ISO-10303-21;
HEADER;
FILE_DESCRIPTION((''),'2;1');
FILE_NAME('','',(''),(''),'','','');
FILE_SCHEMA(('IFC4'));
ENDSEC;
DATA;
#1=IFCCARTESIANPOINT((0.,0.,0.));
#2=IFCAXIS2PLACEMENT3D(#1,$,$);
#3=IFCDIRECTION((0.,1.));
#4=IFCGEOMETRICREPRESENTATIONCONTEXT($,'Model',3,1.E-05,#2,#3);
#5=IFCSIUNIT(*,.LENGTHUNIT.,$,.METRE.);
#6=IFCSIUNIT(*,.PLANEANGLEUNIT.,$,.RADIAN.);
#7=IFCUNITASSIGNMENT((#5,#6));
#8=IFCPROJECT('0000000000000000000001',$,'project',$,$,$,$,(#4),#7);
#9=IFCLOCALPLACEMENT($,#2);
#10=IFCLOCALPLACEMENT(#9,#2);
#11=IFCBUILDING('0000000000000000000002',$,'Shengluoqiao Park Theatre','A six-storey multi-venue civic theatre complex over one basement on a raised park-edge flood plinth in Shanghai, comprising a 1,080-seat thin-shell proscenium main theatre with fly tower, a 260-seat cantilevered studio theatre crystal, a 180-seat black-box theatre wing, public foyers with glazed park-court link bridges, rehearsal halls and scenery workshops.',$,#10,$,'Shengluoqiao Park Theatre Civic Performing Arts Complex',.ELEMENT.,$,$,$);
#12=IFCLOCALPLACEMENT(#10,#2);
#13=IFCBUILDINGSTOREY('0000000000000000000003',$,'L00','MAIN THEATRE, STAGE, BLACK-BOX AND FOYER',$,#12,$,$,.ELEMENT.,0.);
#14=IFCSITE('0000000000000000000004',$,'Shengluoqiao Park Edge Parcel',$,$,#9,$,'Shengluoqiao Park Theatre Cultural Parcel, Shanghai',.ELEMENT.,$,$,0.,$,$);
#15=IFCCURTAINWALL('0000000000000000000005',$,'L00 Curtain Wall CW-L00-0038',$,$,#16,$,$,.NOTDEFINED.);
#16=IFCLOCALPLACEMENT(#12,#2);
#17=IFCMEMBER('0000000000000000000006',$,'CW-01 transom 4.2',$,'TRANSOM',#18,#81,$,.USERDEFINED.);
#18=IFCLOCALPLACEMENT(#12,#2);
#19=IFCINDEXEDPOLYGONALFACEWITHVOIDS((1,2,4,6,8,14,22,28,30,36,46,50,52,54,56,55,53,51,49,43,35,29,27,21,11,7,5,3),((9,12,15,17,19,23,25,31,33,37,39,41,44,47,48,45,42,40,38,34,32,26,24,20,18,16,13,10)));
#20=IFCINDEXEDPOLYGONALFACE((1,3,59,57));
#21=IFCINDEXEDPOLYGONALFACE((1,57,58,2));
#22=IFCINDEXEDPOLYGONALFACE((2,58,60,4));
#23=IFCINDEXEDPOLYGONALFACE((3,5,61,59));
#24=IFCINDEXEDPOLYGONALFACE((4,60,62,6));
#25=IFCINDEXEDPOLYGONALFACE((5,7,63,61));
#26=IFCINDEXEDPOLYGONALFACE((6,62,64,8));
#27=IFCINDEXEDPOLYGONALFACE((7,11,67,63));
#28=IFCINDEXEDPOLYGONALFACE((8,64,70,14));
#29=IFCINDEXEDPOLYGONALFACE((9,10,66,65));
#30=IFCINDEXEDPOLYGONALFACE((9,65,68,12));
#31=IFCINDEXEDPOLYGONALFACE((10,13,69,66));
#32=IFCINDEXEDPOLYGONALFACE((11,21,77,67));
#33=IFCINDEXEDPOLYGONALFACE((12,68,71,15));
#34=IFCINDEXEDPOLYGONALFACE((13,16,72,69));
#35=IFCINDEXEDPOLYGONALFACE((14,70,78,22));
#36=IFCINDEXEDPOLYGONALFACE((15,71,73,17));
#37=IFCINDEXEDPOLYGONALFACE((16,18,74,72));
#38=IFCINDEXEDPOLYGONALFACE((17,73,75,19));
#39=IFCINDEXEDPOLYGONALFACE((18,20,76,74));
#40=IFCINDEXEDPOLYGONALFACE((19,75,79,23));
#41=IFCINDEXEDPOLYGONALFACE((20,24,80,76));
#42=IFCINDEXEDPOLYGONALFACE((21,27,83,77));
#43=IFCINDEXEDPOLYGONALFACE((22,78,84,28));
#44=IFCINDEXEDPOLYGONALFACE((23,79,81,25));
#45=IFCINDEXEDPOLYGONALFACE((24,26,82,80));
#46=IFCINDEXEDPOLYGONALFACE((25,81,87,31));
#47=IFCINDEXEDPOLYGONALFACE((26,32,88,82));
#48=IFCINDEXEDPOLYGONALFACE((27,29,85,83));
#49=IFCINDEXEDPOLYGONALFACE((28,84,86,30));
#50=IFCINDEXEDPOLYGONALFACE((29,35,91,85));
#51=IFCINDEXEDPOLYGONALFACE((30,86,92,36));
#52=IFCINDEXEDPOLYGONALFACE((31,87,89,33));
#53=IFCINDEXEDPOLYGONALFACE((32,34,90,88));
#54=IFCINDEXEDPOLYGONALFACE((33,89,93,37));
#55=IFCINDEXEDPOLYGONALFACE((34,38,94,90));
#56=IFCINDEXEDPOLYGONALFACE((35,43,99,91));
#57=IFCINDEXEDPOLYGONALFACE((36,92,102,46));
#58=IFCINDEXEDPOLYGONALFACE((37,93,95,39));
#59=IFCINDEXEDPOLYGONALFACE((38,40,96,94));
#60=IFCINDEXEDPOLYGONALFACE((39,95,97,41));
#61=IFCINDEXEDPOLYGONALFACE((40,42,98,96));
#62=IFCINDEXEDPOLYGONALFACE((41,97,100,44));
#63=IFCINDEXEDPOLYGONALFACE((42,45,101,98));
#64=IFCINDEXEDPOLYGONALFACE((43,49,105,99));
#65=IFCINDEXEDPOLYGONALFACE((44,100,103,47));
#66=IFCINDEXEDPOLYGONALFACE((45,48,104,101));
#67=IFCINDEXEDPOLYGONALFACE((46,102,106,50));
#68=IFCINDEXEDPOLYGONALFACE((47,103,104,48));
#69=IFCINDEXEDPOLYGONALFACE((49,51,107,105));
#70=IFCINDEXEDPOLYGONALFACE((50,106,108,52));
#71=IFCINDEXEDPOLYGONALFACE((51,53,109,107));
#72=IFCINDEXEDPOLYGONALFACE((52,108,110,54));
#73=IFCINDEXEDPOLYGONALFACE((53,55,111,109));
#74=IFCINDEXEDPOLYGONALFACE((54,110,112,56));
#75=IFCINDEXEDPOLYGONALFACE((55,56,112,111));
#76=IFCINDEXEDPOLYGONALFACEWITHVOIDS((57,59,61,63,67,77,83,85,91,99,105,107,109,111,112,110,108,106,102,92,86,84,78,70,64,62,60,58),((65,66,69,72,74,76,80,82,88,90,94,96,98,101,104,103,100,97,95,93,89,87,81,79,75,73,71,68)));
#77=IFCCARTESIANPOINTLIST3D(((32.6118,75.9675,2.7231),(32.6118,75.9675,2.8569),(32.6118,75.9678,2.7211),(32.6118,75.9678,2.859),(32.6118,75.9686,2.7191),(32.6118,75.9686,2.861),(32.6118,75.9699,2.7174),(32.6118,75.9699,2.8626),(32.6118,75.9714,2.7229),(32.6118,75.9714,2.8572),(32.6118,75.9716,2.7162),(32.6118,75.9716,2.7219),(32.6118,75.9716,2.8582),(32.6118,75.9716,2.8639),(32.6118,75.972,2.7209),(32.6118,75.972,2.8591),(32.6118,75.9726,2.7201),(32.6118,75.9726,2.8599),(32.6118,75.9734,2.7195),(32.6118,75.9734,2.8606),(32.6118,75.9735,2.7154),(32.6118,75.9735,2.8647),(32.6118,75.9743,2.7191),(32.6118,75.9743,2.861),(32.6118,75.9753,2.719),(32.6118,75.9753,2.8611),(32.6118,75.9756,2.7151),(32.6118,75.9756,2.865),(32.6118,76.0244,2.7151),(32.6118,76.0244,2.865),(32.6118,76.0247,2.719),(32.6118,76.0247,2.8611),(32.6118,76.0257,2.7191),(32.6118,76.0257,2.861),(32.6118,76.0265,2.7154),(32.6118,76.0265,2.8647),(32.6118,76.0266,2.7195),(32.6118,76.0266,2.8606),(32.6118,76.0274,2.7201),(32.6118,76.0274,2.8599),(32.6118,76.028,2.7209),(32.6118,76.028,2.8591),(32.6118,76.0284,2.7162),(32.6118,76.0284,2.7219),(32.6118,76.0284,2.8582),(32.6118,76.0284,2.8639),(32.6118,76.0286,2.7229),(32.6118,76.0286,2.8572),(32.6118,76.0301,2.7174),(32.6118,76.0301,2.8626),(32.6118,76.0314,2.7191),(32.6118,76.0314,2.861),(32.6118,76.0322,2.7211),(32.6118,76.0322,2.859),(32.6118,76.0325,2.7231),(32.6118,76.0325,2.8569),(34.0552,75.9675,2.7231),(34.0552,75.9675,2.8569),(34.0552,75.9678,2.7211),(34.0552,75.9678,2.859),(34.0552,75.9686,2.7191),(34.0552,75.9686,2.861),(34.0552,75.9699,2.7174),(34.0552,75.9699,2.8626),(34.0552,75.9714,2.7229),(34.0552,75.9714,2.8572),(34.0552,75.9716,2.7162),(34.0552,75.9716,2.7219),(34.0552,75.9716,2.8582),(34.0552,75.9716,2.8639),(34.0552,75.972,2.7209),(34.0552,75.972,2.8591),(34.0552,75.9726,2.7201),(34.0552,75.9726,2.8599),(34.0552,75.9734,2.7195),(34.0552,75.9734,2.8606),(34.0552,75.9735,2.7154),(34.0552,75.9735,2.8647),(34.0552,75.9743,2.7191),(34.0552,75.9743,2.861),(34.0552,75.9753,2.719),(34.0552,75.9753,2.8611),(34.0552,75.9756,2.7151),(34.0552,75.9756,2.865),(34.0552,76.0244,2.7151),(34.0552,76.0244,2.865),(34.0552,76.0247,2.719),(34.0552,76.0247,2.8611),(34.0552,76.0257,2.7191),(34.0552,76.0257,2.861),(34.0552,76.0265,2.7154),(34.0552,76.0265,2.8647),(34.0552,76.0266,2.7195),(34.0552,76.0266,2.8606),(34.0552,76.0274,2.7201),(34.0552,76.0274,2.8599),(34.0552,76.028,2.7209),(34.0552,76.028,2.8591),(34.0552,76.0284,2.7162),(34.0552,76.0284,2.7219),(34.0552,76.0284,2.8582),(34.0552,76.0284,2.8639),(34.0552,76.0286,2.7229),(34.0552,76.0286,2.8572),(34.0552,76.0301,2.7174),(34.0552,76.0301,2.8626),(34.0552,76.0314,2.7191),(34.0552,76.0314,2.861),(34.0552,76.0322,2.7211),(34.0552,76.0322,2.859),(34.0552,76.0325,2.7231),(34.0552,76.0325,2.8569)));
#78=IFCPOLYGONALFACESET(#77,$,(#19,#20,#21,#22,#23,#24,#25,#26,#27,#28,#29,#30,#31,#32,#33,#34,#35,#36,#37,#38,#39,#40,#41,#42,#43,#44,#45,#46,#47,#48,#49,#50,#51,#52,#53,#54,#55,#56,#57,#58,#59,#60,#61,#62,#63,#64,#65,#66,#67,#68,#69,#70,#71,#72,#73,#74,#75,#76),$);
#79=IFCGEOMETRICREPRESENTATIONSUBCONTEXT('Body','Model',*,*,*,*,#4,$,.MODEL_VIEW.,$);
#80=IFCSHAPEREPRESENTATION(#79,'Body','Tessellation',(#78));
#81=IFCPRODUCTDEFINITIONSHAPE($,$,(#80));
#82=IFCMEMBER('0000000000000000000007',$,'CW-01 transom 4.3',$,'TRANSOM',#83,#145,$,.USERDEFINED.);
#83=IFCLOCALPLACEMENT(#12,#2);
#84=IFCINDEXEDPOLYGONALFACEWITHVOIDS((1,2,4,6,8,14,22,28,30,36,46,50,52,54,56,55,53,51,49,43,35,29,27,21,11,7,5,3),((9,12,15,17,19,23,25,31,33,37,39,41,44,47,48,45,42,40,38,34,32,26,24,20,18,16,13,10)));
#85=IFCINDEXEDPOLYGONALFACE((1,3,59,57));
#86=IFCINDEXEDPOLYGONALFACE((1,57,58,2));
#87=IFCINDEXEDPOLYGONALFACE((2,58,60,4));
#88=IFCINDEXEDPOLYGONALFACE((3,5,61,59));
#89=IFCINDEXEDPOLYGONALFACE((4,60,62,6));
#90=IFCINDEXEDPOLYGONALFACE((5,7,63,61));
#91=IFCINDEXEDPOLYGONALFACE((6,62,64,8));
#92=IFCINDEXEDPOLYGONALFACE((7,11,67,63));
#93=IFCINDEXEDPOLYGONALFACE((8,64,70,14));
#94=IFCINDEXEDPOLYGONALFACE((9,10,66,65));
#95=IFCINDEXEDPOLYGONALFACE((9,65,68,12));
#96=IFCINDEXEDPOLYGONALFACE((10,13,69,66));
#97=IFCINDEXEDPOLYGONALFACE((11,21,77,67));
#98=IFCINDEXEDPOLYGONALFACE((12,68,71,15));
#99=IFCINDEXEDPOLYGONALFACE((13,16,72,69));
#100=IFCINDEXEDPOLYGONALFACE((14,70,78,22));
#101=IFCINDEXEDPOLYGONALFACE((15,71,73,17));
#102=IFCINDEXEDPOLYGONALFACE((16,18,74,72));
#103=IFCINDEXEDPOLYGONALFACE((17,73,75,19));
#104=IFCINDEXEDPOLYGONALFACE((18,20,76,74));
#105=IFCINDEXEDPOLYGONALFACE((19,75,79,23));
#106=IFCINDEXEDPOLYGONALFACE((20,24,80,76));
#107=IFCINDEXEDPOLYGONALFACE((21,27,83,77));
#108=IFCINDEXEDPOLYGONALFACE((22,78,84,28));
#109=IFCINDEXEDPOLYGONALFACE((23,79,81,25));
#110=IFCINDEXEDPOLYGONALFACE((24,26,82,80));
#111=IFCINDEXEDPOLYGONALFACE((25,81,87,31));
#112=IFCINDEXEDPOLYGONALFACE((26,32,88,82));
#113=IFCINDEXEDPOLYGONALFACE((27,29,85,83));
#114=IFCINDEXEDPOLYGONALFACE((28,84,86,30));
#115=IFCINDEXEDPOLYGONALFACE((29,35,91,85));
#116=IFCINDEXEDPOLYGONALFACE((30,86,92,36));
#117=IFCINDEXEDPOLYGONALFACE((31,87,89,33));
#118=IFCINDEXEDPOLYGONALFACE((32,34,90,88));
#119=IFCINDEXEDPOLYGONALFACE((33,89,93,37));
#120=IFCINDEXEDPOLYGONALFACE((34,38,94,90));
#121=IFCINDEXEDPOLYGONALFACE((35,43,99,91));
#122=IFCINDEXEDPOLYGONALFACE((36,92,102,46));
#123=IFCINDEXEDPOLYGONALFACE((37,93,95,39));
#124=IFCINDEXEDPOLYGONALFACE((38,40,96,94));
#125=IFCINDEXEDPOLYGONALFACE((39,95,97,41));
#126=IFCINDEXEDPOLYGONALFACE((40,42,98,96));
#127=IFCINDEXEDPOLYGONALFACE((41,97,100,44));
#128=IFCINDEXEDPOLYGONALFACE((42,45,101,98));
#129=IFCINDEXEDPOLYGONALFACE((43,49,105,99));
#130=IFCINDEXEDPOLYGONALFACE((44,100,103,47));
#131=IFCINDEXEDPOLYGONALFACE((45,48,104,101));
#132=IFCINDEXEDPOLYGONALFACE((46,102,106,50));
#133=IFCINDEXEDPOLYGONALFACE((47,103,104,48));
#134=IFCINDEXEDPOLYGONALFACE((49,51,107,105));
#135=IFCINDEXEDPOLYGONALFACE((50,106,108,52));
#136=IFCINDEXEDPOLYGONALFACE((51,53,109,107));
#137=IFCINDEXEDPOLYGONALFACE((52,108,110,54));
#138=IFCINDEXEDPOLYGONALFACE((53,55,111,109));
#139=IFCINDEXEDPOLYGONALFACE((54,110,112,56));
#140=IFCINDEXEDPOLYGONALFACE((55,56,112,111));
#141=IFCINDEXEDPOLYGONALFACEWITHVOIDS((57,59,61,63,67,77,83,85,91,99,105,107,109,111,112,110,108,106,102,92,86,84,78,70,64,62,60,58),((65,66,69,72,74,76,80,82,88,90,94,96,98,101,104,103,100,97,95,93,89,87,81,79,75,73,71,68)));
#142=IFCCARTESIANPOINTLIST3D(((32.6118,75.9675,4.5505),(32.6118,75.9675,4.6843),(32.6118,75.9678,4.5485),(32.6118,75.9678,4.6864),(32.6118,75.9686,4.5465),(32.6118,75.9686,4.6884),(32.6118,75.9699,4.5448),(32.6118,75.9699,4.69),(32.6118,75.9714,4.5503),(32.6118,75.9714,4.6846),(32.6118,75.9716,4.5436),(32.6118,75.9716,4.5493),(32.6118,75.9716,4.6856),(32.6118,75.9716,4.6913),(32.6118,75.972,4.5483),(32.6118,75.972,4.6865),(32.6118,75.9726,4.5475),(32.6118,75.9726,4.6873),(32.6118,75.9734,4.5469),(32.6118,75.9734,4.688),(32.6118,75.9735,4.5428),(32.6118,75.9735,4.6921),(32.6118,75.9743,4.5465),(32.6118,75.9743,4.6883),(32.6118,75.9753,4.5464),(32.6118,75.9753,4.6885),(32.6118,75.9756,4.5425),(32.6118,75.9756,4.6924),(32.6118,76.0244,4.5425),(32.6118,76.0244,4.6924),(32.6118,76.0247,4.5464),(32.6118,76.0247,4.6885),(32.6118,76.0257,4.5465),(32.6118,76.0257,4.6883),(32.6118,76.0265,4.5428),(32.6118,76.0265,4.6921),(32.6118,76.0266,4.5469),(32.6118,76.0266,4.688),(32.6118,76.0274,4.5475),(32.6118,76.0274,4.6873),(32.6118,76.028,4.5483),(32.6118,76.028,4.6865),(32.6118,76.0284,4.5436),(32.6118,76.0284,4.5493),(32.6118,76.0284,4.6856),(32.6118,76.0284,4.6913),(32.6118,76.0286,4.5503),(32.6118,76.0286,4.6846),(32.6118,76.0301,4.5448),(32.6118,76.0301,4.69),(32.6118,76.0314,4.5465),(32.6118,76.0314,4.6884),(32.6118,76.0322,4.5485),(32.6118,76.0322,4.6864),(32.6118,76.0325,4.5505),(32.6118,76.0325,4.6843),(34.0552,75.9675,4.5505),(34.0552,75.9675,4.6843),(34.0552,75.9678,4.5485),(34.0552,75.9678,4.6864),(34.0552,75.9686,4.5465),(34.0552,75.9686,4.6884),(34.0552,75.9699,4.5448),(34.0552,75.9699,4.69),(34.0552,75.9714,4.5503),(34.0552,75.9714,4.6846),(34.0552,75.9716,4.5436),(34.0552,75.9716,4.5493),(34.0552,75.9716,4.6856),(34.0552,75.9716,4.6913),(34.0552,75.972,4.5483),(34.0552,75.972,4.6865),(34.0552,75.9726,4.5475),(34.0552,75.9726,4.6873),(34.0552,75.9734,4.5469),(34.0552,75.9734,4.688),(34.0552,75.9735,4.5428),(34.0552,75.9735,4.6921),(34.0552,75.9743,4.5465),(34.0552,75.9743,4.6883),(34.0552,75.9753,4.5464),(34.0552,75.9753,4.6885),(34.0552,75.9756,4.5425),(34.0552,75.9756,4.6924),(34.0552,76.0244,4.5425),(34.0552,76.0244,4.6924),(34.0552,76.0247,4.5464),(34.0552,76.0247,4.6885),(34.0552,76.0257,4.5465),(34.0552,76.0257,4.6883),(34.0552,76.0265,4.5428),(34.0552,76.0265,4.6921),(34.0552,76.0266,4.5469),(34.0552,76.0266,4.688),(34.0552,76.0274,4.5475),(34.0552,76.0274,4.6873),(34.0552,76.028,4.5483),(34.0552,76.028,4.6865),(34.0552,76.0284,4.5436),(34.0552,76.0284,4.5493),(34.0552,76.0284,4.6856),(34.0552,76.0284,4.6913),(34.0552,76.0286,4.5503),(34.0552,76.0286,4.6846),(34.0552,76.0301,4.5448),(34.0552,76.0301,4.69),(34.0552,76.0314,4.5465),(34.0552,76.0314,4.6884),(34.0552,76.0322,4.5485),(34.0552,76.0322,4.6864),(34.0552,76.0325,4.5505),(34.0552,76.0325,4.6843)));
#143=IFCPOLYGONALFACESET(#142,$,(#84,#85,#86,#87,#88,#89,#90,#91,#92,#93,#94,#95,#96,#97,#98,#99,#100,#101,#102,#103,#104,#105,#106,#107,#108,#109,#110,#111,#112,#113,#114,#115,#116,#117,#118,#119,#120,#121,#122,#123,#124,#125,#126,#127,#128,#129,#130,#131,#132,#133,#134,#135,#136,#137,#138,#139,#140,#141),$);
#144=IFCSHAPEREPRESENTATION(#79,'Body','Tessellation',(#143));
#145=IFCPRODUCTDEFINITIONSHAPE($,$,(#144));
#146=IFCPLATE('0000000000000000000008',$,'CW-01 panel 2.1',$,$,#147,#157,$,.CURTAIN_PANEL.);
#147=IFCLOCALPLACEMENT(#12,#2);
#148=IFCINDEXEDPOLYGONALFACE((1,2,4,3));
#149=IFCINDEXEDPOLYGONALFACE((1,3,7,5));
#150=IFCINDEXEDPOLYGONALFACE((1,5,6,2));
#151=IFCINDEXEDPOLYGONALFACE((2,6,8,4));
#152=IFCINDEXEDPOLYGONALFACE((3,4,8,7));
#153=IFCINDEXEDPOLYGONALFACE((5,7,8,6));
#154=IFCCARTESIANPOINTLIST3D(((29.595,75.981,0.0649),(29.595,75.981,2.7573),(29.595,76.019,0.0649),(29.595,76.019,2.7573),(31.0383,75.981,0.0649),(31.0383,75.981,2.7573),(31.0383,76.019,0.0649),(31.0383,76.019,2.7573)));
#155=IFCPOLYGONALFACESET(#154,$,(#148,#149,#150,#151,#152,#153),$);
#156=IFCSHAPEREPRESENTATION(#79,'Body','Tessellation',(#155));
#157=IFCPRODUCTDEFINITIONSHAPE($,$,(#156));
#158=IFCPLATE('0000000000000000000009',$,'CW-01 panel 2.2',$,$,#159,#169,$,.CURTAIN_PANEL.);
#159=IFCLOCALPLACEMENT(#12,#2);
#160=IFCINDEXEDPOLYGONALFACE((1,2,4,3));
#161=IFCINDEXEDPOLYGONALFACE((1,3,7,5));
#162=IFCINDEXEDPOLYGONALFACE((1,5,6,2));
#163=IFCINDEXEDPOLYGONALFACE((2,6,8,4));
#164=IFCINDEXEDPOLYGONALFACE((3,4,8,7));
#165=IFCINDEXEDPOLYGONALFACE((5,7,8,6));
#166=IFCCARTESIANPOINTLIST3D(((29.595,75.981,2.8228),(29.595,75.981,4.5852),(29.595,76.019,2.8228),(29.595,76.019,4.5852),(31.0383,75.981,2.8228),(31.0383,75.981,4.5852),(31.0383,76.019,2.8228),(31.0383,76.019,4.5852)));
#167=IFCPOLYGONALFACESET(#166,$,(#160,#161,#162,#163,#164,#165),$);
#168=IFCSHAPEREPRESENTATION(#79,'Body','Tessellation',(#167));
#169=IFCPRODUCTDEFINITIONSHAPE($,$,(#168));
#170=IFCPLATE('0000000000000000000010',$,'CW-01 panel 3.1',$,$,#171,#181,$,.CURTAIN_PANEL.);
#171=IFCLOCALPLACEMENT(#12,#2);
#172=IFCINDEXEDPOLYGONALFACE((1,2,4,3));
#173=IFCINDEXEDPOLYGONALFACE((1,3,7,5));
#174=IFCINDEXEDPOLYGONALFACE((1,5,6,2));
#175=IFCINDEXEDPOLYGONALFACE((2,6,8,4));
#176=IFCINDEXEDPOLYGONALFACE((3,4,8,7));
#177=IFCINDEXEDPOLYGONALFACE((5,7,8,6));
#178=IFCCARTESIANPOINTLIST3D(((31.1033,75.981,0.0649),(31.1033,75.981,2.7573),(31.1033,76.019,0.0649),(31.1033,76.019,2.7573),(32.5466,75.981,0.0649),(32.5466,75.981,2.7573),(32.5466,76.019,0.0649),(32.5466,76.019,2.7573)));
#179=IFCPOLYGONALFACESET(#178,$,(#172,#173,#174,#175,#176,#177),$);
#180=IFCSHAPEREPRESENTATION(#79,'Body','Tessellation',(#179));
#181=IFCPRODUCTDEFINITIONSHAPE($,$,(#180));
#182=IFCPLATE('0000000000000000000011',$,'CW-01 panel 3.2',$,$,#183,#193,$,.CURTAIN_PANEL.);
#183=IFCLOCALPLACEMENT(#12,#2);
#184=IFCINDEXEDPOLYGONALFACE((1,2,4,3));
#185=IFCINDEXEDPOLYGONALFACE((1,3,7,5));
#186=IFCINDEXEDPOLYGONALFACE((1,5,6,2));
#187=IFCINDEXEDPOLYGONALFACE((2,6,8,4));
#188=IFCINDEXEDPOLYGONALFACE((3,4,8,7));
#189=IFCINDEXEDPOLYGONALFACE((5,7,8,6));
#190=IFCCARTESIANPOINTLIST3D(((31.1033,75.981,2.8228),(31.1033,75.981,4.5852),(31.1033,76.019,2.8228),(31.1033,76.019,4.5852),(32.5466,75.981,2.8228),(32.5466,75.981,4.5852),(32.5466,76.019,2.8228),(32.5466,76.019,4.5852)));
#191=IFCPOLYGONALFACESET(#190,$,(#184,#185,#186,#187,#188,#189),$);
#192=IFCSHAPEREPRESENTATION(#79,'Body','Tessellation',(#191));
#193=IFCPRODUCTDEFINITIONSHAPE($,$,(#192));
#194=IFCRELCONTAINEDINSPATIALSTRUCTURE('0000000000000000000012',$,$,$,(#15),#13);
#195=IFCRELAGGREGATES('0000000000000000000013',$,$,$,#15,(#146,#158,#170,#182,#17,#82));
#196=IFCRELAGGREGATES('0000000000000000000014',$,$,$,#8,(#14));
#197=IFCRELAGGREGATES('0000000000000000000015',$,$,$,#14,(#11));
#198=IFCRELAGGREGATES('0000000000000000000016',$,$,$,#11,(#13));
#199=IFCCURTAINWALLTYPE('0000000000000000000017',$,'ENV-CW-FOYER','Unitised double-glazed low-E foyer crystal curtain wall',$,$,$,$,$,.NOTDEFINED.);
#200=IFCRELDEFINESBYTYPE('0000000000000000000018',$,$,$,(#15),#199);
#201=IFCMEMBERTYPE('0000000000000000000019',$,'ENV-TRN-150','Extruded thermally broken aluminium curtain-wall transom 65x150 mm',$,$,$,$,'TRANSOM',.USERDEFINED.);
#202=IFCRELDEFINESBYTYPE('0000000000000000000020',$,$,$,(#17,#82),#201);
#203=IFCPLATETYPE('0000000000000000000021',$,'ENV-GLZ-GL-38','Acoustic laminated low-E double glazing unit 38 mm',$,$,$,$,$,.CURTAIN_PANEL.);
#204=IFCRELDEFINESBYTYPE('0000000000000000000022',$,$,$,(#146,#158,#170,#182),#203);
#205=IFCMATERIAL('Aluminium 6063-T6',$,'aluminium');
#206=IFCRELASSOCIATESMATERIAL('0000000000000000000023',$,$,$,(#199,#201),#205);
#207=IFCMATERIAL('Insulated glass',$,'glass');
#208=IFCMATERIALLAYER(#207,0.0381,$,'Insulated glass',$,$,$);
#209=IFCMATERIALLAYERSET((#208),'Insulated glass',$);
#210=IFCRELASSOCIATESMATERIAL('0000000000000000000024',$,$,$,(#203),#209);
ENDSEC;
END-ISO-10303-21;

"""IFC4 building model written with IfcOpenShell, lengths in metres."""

from ifc_helpers import new_model, si_unit, direction, frame, origin, origin_2d, place, context, subcontext, project, spatial, rectangle, hollow_rectangle, extrude, material, layer, layer_set, material_profile, profile_set, type_object, element, aggregate, save


model = new_model("IFC4")

# Units and contexts
model_context = context("Model", 3, precision=1e-05, world=origin(), true_north=direction((0.0, 1.0)))
body_context = subcontext(model_context, "Body", "Model", "MODEL_VIEW")
ifc_project = project(units=[si_unit("LENGTHUNIT", "METRE"), si_unit("PLANEANGLEUNIT", "RADIAN")], contexts=[model_context])

# Site, building, storey
site_placement = place(None, origin())
site = spatial("IfcSite", under=ifc_project, at=site_placement, Name="Shengluoqiao Park Edge Parcel", LongName="Shengluoqiao Park Theatre Cultural Parcel, Shanghai", CompositionType="ELEMENT", RefElevation=0.0)
building_placement = place(site_placement, origin())
building = spatial("IfcBuilding", under=site, at=building_placement, Name="Shengluoqiao Park Theatre", Description="A six-storey multi-venue civic theatre complex over one basement on a raised park-edge flood plinth in Shanghai, comprising a 1,080-seat thin-shell proscenium main theatre with fly tower, a 260-seat cantilevered studio theatre crystal, a 180-seat black-box theatre wing, public foyers with glazed park-court link bridges, rehearsal halls and scenery workshops.", LongName="Shengluoqiao Park Theatre Civic Performing Arts Complex", CompositionType="ELEMENT")
storey_placement = place(building_placement, origin())
storey = spatial("IfcBuildingStorey", under=building, at=storey_placement, Name="L00", Description="MAIN THEATRE, STAGE, BLACK-BOX AND FOYER", CompositionType="ELEMENT", Elevation=0.0)

# Curtain wall, members, plates
ifc_material_1 = material(Name="Aluminium 6063-T6", Category="aluminium")
curtain_wall_type = type_object("IfcCurtainWallType", Name="ENV-CW-FOYER", Description="Unitised double-glazed low-E foyer crystal curtain wall", PredefinedType="NOTDEFINED", material=ifc_material_1)
curtain_wall_placement = place(storey_placement, origin())
curtain_wall = element("IfcCurtainWall", 1, at=curtain_wall_placement, inside=storey, type_object=curtain_wall_type, Name="L00 Curtain Wall CW-L00-0038", PredefinedType="NOTDEFINED")
ifc_material_profile_1 = material_profile(ifc_material_1, hollow_rectangle(XDim=0.0649, YDim=0.1499, WallThickness=0.0039, InnerFilletRadius=0.0039, OuterFilletRadius=0.0081, at=origin_2d()), Name="ALU TRANSOM 150x65x4")
ifc_profile_set_1 = profile_set([ifc_material_profile_1], Name="Aluminium 6063-T6")
member_type_1 = type_object("IfcMemberType", Name="ENV-TRN-150", Description="Extruded thermally broken aluminium curtain-wall transom 65x150 mm", ElementType="TRANSOM", PredefinedType="USERDEFINED", material=ifc_profile_set_1)
member_1_placement = place(storey_placement, frame((32.6118, 76.0, 2.79), z_axis=(1.0, 0.0, 0.0), x_axis=(0.0, 1.0, 0.0)))
member_1 = element("IfcMember", 2, at=member_1_placement, type_object=member_type_1, Name="CW-01 transom 4.2", ObjectType="TRANSOM", PredefinedType="USERDEFINED", context=body_context, shape_type="SweptSolid", body=[
    extrude(hollow_rectangle(XDim=0.0649, YDim=0.1499, WallThickness=0.0039, InnerFilletRadius=0.0039, OuterFilletRadius=0.0081, at=origin_2d()), origin(), (0.0, 0.0, 1.0), 1.4434),
])
member_2_placement = place(storey_placement, frame((32.6118, 76.0, 4.6174), z_axis=(1.0, 0.0, 0.0), x_axis=(0.0, 1.0, 0.0)))
member_2 = element("IfcMember", 3, at=member_2_placement, type_object=member_type_1, Name="CW-01 transom 4.3", ObjectType="TRANSOM", PredefinedType="USERDEFINED", context=body_context, shape_type="SweptSolid", body=[
    extrude(hollow_rectangle(XDim=0.0649, YDim=0.1499, WallThickness=0.0039, InnerFilletRadius=0.0039, OuterFilletRadius=0.0081, at=origin_2d()), origin(), (0.0, 0.0, 1.0), 1.4434),
])
ifc_material_2 = material(Name="Insulated glass", Category="glass")
ifc_layer_1 = layer(ifc_material_2, 0.0381, Name="Insulated glass")
ifc_layer_set_1 = layer_set([ifc_layer_1], Name="Insulated glass")
plate_type = type_object("IfcPlateType", Name="ENV-GLZ-GL-38", Description="Acoustic laminated low-E double glazing unit 38 mm", PredefinedType="CURTAIN_PANEL", material=ifc_layer_set_1)
plate_1_placement = place(storey_placement, frame((30.3167, 76.0, 0.0649), z_axis=(0.0, 0.0, 1.0), x_axis=(1.0, 0.0, 0.0)))
plate_1 = element("IfcPlate", 4, at=plate_1_placement, type_object=plate_type, Name="CW-01 panel 2.1", PredefinedType="CURTAIN_PANEL", context=body_context, shape_type="SweptSolid", body=[
    extrude(rectangle(XDim=1.4434, YDim=0.0381, at=origin_2d()), origin(), (0.0, 0.0, 1.0), 2.6924),
])
plate_2_placement = place(storey_placement, frame((30.3167, 76.0, 2.8228), z_axis=(0.0, 0.0, 1.0), x_axis=(1.0, 0.0, 0.0)))
plate_2 = element("IfcPlate", 5, at=plate_2_placement, type_object=plate_type, Name="CW-01 panel 2.2", PredefinedType="CURTAIN_PANEL", context=body_context, shape_type="SweptSolid", body=[
    extrude(rectangle(XDim=1.4434, YDim=0.0381, at=origin_2d()), origin(), (0.0, 0.0, 1.0), 1.7625),
])
plate_3_placement = place(storey_placement, frame((31.825, 76.0, 0.0649), z_axis=(0.0, 0.0, 1.0), x_axis=(1.0, 0.0, 0.0)))
plate_3 = element("IfcPlate", 6, at=plate_3_placement, type_object=plate_type, Name="CW-01 panel 3.1", PredefinedType="CURTAIN_PANEL", context=body_context, shape_type="SweptSolid", body=[
    extrude(rectangle(XDim=1.4434, YDim=0.0381, at=origin_2d()), origin(), (0.0, 0.0, 1.0), 2.6924),
])
plate_4_placement = place(storey_placement, frame((31.825, 76.0, 2.8228), z_axis=(0.0, 0.0, 1.0), x_axis=(1.0, 0.0, 0.0)))
plate_4 = element("IfcPlate", 7, at=plate_4_placement, type_object=plate_type, Name="CW-01 panel 3.2", PredefinedType="CURTAIN_PANEL", context=body_context, shape_type="SweptSolid", body=[
    extrude(rectangle(XDim=1.4434, YDim=0.0381, at=origin_2d()), origin(), (0.0, 0.0, 1.0), 1.7625),
])
aggregate(curtain_wall, [plate_1, plate_2, plate_3, plate_4, member_1, member_2])

save(model, "model.ifc")
